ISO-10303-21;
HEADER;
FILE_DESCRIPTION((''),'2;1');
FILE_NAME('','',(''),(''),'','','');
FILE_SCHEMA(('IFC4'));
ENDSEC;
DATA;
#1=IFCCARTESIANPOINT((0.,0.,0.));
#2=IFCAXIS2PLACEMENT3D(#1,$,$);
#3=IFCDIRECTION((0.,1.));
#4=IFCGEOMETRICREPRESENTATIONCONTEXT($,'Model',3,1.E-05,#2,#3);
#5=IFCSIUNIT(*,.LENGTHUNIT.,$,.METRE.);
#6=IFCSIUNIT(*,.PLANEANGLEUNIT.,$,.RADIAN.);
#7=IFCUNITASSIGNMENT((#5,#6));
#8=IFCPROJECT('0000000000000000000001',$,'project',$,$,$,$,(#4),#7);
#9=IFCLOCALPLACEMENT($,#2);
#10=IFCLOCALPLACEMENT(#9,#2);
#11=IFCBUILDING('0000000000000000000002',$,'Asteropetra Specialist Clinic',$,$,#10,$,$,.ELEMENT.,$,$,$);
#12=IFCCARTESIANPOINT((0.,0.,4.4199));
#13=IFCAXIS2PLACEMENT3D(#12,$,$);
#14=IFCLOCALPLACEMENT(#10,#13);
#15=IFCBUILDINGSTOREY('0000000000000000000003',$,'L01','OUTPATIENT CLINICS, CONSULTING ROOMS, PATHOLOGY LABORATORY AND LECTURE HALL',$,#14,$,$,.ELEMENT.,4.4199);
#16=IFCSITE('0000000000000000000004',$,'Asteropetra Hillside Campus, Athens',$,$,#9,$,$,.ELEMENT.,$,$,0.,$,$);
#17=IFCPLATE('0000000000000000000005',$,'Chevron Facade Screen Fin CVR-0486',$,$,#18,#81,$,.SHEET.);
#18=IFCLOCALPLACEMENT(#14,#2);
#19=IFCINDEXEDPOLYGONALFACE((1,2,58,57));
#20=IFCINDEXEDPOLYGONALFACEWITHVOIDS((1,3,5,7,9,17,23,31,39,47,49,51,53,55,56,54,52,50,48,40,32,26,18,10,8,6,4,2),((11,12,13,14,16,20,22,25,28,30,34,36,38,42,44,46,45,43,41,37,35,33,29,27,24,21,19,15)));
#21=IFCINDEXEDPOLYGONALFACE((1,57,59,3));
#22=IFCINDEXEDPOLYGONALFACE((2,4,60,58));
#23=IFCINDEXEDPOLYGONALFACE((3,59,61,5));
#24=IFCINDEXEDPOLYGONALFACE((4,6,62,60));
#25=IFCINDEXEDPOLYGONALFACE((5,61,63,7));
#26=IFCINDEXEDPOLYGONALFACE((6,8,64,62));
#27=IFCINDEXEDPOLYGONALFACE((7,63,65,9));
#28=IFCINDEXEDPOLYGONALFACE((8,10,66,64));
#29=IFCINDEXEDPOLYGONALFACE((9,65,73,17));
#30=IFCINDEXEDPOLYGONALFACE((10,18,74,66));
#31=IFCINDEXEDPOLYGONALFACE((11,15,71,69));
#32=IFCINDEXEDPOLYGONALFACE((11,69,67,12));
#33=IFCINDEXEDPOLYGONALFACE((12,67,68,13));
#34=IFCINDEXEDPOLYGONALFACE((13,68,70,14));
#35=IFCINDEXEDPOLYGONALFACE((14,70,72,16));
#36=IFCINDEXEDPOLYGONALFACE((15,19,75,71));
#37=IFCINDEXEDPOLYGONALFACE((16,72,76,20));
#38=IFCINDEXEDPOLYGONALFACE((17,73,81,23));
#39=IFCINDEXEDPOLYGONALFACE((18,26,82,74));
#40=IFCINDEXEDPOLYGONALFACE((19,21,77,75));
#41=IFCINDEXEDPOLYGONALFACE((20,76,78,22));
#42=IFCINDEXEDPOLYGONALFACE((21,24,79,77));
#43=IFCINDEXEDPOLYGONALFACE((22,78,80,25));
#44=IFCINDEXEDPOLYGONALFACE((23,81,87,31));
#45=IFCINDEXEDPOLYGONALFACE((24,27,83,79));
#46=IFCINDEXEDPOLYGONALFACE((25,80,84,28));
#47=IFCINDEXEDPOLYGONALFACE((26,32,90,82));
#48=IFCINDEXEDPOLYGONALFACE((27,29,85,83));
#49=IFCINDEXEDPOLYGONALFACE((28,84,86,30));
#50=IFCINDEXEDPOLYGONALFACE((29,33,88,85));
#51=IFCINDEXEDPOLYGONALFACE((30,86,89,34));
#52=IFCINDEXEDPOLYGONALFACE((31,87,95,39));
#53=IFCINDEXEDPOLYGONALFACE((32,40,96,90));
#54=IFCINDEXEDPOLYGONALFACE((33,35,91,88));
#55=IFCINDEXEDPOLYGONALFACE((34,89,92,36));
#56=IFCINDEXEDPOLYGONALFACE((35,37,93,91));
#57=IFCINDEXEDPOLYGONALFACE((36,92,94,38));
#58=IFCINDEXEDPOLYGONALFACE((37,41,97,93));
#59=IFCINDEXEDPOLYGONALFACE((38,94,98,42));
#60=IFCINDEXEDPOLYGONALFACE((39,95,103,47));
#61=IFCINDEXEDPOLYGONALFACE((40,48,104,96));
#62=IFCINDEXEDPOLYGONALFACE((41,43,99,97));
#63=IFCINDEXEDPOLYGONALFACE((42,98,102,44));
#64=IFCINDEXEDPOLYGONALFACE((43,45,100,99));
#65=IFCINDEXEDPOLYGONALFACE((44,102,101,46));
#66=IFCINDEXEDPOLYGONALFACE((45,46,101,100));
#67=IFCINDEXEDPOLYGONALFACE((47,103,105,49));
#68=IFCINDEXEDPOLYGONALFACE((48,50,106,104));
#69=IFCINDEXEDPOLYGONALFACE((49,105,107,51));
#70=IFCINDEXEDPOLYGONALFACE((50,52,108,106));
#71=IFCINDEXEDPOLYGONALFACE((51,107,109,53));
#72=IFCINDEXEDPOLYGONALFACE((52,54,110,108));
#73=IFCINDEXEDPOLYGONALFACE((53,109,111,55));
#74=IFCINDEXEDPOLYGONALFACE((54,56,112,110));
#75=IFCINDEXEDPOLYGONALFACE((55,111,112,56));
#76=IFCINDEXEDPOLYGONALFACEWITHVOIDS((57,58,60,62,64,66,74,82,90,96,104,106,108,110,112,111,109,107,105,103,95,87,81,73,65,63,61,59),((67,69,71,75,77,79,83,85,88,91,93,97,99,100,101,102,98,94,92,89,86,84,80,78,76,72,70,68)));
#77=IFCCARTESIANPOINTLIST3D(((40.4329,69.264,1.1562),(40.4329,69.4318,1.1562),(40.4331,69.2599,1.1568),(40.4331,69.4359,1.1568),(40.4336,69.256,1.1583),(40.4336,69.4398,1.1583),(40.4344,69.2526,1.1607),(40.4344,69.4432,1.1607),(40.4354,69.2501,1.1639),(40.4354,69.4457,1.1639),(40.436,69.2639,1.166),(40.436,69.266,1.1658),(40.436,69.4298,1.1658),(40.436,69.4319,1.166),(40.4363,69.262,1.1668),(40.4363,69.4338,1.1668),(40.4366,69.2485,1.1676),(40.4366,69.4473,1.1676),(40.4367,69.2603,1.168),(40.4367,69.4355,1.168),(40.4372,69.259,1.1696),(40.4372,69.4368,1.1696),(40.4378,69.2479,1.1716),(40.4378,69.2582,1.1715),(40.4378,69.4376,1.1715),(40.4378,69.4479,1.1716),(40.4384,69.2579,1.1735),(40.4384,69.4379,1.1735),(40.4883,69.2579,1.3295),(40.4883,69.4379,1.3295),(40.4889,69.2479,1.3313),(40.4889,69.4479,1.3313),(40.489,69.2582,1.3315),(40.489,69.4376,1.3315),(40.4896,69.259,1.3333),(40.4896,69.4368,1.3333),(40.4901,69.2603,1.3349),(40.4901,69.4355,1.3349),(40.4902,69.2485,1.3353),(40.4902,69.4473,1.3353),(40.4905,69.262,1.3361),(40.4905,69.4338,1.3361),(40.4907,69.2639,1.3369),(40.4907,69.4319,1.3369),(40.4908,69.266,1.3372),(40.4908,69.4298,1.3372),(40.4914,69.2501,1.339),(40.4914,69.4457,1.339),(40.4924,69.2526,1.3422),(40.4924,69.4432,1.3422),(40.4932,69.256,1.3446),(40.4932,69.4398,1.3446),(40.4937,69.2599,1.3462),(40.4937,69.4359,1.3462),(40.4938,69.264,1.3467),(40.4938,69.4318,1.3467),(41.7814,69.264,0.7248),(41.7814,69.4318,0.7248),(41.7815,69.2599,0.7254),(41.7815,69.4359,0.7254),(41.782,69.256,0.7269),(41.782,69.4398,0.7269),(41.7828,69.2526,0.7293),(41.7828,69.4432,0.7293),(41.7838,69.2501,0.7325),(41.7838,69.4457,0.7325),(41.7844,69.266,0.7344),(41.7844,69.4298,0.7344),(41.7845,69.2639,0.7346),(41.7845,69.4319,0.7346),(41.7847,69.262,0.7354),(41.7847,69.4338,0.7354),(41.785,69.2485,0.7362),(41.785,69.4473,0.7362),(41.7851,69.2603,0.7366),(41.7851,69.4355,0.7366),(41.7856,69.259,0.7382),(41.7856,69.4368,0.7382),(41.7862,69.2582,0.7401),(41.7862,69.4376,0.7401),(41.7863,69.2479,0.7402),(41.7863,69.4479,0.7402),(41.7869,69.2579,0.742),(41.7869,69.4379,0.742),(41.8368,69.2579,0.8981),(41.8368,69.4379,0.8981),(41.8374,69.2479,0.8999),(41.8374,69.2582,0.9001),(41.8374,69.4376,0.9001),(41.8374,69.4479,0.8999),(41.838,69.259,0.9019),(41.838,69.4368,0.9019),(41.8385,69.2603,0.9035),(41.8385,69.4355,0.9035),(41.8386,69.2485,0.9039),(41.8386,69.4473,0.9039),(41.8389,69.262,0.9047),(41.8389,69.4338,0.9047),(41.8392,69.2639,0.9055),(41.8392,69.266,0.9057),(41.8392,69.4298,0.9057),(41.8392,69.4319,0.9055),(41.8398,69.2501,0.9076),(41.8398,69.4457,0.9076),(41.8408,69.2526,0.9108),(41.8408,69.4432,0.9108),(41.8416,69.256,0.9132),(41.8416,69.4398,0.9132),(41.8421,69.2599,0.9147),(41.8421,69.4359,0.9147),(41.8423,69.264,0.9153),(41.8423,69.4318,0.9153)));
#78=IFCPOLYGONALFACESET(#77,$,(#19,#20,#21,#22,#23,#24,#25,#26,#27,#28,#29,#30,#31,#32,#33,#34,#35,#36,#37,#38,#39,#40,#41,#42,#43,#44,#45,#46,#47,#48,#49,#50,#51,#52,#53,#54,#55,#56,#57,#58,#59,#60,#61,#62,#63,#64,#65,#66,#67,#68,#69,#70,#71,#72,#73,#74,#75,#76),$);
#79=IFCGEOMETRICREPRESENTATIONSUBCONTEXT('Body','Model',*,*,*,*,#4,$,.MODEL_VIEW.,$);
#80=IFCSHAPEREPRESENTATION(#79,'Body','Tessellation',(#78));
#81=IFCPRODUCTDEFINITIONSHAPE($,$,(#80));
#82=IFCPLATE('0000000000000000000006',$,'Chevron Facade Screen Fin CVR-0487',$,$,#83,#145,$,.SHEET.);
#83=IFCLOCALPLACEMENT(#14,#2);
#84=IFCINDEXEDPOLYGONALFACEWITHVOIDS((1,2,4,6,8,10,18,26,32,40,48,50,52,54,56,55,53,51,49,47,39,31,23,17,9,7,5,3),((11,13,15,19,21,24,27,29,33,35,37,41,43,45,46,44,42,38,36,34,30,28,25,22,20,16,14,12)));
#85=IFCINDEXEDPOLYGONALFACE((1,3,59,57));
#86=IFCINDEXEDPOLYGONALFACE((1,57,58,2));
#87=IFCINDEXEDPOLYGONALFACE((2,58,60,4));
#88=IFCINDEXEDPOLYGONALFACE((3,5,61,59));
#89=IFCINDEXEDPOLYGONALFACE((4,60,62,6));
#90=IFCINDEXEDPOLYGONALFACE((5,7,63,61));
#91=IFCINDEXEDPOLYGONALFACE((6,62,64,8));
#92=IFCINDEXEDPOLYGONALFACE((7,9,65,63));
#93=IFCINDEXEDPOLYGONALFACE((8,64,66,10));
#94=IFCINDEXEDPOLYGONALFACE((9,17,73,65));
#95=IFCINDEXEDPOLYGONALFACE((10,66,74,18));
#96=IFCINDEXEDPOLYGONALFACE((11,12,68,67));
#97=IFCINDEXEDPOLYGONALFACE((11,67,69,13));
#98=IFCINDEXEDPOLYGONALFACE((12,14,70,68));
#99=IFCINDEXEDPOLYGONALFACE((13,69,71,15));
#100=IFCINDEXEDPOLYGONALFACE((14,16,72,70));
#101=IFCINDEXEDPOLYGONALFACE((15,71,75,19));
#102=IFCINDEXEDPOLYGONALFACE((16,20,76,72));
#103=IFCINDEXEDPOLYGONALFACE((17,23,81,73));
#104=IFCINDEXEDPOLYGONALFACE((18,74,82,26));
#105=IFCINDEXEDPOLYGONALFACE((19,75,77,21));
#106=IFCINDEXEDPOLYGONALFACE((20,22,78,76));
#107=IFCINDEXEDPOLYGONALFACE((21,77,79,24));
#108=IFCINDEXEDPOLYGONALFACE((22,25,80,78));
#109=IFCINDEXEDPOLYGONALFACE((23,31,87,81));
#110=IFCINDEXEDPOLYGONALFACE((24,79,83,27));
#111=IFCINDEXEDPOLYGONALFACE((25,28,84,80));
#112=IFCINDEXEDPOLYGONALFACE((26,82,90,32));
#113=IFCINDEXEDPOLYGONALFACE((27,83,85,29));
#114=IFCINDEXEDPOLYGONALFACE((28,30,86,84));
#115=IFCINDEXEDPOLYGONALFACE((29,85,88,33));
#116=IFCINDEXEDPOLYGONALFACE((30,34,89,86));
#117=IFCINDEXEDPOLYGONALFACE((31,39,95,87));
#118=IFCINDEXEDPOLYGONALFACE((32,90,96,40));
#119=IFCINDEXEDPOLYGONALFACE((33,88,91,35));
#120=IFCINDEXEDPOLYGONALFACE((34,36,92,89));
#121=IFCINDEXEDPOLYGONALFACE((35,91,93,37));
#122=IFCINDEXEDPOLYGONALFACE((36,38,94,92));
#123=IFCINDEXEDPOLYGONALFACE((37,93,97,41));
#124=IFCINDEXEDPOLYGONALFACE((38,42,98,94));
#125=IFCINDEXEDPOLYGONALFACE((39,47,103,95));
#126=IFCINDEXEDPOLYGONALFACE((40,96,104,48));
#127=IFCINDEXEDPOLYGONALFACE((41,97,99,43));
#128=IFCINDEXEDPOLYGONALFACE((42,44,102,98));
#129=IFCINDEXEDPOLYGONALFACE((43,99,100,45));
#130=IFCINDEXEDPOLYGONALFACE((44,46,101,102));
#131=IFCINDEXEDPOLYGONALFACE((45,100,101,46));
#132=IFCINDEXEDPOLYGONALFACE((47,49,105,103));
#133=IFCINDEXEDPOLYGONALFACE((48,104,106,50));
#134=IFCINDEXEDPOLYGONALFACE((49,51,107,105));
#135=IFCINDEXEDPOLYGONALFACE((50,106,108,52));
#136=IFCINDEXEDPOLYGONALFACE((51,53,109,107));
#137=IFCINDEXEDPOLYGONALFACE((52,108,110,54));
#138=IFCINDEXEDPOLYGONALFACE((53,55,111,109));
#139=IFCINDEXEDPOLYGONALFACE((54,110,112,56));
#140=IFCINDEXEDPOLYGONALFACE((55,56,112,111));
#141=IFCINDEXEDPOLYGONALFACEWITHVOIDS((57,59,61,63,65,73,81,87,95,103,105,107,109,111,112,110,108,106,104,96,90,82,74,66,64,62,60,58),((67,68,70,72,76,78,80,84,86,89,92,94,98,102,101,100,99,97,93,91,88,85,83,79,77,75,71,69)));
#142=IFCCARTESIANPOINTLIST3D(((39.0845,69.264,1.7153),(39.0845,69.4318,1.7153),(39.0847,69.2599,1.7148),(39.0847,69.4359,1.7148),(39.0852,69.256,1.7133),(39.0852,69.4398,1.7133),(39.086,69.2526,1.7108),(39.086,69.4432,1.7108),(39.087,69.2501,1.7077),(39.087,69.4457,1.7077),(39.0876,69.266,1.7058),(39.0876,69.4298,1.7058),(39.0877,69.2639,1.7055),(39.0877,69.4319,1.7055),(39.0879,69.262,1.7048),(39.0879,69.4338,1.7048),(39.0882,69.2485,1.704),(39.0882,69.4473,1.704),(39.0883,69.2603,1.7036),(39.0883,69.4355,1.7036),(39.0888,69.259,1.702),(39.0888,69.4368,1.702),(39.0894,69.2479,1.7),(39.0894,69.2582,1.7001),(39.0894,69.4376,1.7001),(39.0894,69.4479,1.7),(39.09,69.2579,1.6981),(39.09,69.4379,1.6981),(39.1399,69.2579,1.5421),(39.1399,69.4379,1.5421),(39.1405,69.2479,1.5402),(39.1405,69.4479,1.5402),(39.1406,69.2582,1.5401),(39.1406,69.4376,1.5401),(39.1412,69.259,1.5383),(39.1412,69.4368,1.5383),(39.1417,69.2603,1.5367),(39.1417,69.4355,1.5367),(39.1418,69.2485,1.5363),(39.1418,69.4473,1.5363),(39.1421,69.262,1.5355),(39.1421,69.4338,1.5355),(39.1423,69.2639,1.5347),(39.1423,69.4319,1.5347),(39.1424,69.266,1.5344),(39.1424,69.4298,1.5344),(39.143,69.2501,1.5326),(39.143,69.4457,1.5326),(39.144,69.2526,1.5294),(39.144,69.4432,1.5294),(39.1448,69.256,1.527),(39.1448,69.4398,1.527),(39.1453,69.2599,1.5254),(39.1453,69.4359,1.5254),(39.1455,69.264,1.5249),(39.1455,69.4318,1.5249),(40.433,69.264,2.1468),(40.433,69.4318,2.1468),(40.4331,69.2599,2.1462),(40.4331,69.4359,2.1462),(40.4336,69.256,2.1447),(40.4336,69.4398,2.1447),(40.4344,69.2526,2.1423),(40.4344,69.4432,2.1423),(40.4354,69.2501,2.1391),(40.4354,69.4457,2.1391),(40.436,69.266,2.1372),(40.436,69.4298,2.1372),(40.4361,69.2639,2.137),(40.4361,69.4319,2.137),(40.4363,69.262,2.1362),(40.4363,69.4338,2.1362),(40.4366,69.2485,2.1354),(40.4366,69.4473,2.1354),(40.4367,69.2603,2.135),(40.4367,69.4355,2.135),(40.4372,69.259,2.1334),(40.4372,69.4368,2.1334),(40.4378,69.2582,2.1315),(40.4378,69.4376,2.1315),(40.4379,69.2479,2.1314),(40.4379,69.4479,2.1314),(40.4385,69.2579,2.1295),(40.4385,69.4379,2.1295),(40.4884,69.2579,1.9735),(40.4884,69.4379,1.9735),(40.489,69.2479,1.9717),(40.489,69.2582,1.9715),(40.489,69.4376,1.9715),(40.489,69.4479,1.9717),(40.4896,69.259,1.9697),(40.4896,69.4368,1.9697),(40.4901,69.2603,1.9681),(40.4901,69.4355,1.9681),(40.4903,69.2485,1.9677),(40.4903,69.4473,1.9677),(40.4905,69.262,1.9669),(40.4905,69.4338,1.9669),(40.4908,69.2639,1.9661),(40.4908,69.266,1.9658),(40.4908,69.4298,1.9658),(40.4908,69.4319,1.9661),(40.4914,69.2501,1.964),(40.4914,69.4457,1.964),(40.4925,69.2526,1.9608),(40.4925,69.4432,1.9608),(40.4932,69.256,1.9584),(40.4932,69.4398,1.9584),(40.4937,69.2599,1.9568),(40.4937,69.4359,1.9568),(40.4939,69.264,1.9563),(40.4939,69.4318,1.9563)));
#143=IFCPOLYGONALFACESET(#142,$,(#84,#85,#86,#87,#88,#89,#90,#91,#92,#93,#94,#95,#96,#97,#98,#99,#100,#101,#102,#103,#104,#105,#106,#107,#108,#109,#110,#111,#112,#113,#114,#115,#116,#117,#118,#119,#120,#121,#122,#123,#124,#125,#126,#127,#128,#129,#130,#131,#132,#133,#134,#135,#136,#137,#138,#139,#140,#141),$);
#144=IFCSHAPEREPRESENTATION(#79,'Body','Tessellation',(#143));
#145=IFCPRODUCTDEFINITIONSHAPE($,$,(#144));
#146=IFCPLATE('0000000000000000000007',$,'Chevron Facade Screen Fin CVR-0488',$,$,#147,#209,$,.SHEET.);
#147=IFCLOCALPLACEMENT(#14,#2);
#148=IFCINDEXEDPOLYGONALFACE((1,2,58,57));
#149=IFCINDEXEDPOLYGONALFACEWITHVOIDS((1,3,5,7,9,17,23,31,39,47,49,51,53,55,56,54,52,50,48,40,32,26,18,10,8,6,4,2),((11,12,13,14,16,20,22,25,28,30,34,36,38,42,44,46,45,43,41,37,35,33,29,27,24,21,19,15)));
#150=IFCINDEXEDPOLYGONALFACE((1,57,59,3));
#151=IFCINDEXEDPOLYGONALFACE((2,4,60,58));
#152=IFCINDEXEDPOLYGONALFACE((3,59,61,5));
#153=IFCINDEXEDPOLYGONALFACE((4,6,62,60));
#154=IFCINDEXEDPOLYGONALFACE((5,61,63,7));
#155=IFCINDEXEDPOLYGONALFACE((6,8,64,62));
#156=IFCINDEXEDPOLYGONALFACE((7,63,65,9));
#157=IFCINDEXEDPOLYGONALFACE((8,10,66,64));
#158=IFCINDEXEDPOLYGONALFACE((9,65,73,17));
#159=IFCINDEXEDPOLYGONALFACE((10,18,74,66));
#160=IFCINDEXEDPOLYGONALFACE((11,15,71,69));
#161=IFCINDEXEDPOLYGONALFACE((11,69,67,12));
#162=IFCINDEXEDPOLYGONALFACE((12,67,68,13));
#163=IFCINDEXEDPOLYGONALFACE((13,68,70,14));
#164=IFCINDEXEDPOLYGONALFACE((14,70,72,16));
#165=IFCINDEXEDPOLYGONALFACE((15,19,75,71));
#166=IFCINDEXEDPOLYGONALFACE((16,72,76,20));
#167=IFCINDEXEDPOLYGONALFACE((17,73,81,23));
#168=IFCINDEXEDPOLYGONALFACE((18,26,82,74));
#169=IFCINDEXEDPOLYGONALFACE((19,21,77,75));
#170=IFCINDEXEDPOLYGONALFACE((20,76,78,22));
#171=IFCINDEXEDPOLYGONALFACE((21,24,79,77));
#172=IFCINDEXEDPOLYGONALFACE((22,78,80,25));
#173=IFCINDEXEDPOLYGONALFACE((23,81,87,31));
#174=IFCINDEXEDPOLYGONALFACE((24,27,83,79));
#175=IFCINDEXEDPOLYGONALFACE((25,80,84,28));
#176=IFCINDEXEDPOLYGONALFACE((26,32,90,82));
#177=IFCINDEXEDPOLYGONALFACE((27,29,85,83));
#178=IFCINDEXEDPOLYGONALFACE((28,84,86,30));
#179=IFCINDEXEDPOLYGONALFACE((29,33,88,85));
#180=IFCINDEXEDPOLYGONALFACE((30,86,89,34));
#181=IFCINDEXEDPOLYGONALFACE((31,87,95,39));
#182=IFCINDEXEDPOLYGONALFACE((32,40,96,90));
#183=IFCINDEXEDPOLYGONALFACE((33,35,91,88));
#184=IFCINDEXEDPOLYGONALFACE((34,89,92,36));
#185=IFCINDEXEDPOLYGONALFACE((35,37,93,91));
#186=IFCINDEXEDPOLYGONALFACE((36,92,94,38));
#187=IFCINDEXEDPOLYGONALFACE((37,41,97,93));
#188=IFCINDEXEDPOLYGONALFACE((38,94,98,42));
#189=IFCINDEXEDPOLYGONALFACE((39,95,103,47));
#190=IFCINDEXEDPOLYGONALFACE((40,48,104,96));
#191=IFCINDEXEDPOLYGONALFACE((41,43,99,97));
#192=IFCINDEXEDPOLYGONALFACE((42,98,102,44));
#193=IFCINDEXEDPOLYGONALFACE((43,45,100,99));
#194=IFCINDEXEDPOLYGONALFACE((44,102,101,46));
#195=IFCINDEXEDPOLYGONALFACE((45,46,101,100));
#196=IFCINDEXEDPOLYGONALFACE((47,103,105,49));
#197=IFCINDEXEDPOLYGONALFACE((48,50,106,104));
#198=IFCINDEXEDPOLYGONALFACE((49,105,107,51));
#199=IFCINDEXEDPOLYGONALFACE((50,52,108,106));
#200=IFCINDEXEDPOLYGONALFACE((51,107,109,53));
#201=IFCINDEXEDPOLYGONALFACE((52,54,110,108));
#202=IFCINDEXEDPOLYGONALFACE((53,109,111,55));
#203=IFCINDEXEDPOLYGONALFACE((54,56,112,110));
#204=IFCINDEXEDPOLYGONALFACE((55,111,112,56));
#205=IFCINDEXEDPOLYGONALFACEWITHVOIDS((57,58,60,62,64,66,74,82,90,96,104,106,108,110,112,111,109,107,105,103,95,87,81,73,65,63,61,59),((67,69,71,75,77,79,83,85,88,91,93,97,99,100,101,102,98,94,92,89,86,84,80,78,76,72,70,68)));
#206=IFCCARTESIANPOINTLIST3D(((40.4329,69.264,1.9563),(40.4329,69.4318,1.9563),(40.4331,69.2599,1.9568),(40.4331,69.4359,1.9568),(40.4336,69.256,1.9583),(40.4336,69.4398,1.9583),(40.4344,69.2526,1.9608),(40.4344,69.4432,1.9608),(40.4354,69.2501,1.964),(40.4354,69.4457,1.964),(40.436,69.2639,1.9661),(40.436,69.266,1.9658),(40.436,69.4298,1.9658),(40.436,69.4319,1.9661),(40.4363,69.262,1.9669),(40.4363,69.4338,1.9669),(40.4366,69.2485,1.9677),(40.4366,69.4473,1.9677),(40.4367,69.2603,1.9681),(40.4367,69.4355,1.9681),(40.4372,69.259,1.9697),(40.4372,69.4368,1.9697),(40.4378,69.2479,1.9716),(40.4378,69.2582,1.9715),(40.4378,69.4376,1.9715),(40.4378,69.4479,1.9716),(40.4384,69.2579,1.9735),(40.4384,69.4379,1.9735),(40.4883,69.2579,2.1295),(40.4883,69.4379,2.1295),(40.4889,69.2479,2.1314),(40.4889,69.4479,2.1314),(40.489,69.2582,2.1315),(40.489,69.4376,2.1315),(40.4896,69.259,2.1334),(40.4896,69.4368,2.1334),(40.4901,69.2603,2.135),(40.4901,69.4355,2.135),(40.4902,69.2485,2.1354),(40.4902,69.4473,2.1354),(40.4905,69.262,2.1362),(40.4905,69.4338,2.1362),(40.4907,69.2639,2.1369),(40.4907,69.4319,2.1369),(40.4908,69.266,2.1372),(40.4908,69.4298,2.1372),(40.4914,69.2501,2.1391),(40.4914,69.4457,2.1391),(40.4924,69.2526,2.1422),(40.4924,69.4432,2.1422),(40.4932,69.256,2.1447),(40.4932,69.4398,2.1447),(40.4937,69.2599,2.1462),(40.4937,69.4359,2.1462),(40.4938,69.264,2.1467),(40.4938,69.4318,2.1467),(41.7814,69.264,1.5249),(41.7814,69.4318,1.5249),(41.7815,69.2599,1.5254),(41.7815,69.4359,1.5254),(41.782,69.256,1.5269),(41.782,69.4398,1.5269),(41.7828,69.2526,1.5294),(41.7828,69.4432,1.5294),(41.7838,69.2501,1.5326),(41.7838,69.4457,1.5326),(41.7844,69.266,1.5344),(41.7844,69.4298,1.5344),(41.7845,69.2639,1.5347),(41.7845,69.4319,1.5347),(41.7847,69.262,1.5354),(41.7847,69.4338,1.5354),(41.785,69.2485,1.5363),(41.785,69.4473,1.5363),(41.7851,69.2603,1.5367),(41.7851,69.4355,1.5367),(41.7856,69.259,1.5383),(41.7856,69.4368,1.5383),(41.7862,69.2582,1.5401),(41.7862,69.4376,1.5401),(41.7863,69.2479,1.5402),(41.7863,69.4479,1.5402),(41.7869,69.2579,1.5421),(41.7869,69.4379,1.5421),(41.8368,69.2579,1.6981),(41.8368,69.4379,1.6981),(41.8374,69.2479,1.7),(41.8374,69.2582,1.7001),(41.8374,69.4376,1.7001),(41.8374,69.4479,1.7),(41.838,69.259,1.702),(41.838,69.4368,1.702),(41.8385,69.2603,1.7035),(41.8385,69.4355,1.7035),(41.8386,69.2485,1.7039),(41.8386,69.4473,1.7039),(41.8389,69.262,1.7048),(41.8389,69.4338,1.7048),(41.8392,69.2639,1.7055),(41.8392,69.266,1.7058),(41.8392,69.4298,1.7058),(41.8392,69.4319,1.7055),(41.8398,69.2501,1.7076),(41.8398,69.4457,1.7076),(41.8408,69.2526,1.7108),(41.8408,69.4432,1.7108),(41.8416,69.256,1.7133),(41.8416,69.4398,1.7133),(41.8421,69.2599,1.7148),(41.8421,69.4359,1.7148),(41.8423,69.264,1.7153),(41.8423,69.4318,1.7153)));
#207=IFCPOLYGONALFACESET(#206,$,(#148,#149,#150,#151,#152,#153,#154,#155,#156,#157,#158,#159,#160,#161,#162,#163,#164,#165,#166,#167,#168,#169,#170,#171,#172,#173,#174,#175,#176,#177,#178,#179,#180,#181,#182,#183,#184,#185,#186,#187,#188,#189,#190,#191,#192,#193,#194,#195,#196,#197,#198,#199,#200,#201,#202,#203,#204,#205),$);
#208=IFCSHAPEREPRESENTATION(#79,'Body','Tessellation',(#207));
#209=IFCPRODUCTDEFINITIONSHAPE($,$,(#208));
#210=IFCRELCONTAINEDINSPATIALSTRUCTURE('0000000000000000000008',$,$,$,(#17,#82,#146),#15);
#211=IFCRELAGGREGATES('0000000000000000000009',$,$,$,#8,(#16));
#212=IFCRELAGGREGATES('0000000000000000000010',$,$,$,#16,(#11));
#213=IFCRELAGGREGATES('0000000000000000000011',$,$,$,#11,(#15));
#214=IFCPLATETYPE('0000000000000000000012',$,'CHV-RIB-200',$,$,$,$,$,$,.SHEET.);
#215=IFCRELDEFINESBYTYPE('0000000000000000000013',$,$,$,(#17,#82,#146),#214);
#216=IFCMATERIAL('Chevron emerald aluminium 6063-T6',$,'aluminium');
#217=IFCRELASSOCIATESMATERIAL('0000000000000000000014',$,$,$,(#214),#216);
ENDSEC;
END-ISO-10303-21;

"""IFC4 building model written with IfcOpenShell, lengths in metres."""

from ifc_helpers import new_model, si_unit, direction, frame, origin, origin_2d, place, context, subcontext, project, spatial, hollow_rectangle, extrude, material, material_profile, profile_set, type_object, element, save


model = new_model("IFC4")

# Units and contexts
model_context = context("Model", 3, precision=1e-05, world=origin(), true_north=direction((0.0, 1.0)))
body_context = subcontext(model_context, "Body", "Model", "MODEL_VIEW")
ifc_project = project(units=[si_unit("LENGTHUNIT", "METRE"), si_unit("PLANEANGLEUNIT", "RADIAN")], contexts=[model_context])

# Site, building, storey
site_placement = place(None, origin())
site = spatial("IfcSite", under=ifc_project, at=site_placement, Name="Asteropetra Hillside Campus, Athens", CompositionType="ELEMENT", RefElevation=0.0)
building_placement = place(site_placement, origin())
building = spatial("IfcBuilding", under=site, at=building_placement, Name="Asteropetra Specialist Clinic", CompositionType="ELEMENT")
storey_placement = place(building_placement, frame((0.0, 0.0, 4.4199)))
storey = spatial("IfcBuildingStorey", under=building, at=storey_placement, Name="L01", Description="OUTPATIENT CLINICS, CONSULTING ROOMS, PATHOLOGY LABORATORY AND LECTURE HALL", CompositionType="ELEMENT", Elevation=4.4199)

# Plates
ifc_material_1 = material(Name="Chevron emerald aluminium 6063-T6", Category="aluminium")
ifc_material_profile = material_profile(ifc_material_1, hollow_rectangle(XDim=0.2, YDim=0.2, WallThickness=0.01, InnerFilletRadius=0.0081, OuterFilletRadius=0.0161, at=origin_2d()), Name="SHS 200x200x10.0")
ifc_profile_set = profile_set([ifc_material_profile], Name="Chevron emerald aluminium 6063-T6")
plate_type_1 = type_object("IfcPlateType", Name="CHV-RIB-200", PredefinedType="SHEET", material=ifc_profile_set)
for number, where, z_axis, x_axis, name in (
    (1, (40.4634, 69.3479, 1.2515), (0.952442, 0.0, -0.304719), (0.0, 1.0, 0.0), "Chevron Facade Screen Fin CVR-0486"),
    (2, (39.115, 69.3479, 1.6201), (0.952442, 0.0, 0.304719), (0.0, 1.0, 0.0), "Chevron Facade Screen Fin CVR-0487"),
    (3, (40.4634, 69.3479, 2.0515), (0.952442, 0.0, -0.304719), (0.0, 1.0, 0.0), "Chevron Facade Screen Fin CVR-0488"),
):
    element("IfcPlate", number, at=place(storey_placement, frame(where, z_axis=z_axis, x_axis=x_axis)), inside=storey, type_object=plate_type_1, Name=name, PredefinedType="SHEET", context=body_context, shape_type="SweptSolid", body=[
        extrude(hollow_rectangle(XDim=0.2, YDim=0.2, WallThickness=0.01, InnerFilletRadius=0.0081, OuterFilletRadius=0.0161, at=origin_2d()), origin(), (0.0, 0.0, 1.0), 1.4158),
    ])

save(model, "model.ifc")
